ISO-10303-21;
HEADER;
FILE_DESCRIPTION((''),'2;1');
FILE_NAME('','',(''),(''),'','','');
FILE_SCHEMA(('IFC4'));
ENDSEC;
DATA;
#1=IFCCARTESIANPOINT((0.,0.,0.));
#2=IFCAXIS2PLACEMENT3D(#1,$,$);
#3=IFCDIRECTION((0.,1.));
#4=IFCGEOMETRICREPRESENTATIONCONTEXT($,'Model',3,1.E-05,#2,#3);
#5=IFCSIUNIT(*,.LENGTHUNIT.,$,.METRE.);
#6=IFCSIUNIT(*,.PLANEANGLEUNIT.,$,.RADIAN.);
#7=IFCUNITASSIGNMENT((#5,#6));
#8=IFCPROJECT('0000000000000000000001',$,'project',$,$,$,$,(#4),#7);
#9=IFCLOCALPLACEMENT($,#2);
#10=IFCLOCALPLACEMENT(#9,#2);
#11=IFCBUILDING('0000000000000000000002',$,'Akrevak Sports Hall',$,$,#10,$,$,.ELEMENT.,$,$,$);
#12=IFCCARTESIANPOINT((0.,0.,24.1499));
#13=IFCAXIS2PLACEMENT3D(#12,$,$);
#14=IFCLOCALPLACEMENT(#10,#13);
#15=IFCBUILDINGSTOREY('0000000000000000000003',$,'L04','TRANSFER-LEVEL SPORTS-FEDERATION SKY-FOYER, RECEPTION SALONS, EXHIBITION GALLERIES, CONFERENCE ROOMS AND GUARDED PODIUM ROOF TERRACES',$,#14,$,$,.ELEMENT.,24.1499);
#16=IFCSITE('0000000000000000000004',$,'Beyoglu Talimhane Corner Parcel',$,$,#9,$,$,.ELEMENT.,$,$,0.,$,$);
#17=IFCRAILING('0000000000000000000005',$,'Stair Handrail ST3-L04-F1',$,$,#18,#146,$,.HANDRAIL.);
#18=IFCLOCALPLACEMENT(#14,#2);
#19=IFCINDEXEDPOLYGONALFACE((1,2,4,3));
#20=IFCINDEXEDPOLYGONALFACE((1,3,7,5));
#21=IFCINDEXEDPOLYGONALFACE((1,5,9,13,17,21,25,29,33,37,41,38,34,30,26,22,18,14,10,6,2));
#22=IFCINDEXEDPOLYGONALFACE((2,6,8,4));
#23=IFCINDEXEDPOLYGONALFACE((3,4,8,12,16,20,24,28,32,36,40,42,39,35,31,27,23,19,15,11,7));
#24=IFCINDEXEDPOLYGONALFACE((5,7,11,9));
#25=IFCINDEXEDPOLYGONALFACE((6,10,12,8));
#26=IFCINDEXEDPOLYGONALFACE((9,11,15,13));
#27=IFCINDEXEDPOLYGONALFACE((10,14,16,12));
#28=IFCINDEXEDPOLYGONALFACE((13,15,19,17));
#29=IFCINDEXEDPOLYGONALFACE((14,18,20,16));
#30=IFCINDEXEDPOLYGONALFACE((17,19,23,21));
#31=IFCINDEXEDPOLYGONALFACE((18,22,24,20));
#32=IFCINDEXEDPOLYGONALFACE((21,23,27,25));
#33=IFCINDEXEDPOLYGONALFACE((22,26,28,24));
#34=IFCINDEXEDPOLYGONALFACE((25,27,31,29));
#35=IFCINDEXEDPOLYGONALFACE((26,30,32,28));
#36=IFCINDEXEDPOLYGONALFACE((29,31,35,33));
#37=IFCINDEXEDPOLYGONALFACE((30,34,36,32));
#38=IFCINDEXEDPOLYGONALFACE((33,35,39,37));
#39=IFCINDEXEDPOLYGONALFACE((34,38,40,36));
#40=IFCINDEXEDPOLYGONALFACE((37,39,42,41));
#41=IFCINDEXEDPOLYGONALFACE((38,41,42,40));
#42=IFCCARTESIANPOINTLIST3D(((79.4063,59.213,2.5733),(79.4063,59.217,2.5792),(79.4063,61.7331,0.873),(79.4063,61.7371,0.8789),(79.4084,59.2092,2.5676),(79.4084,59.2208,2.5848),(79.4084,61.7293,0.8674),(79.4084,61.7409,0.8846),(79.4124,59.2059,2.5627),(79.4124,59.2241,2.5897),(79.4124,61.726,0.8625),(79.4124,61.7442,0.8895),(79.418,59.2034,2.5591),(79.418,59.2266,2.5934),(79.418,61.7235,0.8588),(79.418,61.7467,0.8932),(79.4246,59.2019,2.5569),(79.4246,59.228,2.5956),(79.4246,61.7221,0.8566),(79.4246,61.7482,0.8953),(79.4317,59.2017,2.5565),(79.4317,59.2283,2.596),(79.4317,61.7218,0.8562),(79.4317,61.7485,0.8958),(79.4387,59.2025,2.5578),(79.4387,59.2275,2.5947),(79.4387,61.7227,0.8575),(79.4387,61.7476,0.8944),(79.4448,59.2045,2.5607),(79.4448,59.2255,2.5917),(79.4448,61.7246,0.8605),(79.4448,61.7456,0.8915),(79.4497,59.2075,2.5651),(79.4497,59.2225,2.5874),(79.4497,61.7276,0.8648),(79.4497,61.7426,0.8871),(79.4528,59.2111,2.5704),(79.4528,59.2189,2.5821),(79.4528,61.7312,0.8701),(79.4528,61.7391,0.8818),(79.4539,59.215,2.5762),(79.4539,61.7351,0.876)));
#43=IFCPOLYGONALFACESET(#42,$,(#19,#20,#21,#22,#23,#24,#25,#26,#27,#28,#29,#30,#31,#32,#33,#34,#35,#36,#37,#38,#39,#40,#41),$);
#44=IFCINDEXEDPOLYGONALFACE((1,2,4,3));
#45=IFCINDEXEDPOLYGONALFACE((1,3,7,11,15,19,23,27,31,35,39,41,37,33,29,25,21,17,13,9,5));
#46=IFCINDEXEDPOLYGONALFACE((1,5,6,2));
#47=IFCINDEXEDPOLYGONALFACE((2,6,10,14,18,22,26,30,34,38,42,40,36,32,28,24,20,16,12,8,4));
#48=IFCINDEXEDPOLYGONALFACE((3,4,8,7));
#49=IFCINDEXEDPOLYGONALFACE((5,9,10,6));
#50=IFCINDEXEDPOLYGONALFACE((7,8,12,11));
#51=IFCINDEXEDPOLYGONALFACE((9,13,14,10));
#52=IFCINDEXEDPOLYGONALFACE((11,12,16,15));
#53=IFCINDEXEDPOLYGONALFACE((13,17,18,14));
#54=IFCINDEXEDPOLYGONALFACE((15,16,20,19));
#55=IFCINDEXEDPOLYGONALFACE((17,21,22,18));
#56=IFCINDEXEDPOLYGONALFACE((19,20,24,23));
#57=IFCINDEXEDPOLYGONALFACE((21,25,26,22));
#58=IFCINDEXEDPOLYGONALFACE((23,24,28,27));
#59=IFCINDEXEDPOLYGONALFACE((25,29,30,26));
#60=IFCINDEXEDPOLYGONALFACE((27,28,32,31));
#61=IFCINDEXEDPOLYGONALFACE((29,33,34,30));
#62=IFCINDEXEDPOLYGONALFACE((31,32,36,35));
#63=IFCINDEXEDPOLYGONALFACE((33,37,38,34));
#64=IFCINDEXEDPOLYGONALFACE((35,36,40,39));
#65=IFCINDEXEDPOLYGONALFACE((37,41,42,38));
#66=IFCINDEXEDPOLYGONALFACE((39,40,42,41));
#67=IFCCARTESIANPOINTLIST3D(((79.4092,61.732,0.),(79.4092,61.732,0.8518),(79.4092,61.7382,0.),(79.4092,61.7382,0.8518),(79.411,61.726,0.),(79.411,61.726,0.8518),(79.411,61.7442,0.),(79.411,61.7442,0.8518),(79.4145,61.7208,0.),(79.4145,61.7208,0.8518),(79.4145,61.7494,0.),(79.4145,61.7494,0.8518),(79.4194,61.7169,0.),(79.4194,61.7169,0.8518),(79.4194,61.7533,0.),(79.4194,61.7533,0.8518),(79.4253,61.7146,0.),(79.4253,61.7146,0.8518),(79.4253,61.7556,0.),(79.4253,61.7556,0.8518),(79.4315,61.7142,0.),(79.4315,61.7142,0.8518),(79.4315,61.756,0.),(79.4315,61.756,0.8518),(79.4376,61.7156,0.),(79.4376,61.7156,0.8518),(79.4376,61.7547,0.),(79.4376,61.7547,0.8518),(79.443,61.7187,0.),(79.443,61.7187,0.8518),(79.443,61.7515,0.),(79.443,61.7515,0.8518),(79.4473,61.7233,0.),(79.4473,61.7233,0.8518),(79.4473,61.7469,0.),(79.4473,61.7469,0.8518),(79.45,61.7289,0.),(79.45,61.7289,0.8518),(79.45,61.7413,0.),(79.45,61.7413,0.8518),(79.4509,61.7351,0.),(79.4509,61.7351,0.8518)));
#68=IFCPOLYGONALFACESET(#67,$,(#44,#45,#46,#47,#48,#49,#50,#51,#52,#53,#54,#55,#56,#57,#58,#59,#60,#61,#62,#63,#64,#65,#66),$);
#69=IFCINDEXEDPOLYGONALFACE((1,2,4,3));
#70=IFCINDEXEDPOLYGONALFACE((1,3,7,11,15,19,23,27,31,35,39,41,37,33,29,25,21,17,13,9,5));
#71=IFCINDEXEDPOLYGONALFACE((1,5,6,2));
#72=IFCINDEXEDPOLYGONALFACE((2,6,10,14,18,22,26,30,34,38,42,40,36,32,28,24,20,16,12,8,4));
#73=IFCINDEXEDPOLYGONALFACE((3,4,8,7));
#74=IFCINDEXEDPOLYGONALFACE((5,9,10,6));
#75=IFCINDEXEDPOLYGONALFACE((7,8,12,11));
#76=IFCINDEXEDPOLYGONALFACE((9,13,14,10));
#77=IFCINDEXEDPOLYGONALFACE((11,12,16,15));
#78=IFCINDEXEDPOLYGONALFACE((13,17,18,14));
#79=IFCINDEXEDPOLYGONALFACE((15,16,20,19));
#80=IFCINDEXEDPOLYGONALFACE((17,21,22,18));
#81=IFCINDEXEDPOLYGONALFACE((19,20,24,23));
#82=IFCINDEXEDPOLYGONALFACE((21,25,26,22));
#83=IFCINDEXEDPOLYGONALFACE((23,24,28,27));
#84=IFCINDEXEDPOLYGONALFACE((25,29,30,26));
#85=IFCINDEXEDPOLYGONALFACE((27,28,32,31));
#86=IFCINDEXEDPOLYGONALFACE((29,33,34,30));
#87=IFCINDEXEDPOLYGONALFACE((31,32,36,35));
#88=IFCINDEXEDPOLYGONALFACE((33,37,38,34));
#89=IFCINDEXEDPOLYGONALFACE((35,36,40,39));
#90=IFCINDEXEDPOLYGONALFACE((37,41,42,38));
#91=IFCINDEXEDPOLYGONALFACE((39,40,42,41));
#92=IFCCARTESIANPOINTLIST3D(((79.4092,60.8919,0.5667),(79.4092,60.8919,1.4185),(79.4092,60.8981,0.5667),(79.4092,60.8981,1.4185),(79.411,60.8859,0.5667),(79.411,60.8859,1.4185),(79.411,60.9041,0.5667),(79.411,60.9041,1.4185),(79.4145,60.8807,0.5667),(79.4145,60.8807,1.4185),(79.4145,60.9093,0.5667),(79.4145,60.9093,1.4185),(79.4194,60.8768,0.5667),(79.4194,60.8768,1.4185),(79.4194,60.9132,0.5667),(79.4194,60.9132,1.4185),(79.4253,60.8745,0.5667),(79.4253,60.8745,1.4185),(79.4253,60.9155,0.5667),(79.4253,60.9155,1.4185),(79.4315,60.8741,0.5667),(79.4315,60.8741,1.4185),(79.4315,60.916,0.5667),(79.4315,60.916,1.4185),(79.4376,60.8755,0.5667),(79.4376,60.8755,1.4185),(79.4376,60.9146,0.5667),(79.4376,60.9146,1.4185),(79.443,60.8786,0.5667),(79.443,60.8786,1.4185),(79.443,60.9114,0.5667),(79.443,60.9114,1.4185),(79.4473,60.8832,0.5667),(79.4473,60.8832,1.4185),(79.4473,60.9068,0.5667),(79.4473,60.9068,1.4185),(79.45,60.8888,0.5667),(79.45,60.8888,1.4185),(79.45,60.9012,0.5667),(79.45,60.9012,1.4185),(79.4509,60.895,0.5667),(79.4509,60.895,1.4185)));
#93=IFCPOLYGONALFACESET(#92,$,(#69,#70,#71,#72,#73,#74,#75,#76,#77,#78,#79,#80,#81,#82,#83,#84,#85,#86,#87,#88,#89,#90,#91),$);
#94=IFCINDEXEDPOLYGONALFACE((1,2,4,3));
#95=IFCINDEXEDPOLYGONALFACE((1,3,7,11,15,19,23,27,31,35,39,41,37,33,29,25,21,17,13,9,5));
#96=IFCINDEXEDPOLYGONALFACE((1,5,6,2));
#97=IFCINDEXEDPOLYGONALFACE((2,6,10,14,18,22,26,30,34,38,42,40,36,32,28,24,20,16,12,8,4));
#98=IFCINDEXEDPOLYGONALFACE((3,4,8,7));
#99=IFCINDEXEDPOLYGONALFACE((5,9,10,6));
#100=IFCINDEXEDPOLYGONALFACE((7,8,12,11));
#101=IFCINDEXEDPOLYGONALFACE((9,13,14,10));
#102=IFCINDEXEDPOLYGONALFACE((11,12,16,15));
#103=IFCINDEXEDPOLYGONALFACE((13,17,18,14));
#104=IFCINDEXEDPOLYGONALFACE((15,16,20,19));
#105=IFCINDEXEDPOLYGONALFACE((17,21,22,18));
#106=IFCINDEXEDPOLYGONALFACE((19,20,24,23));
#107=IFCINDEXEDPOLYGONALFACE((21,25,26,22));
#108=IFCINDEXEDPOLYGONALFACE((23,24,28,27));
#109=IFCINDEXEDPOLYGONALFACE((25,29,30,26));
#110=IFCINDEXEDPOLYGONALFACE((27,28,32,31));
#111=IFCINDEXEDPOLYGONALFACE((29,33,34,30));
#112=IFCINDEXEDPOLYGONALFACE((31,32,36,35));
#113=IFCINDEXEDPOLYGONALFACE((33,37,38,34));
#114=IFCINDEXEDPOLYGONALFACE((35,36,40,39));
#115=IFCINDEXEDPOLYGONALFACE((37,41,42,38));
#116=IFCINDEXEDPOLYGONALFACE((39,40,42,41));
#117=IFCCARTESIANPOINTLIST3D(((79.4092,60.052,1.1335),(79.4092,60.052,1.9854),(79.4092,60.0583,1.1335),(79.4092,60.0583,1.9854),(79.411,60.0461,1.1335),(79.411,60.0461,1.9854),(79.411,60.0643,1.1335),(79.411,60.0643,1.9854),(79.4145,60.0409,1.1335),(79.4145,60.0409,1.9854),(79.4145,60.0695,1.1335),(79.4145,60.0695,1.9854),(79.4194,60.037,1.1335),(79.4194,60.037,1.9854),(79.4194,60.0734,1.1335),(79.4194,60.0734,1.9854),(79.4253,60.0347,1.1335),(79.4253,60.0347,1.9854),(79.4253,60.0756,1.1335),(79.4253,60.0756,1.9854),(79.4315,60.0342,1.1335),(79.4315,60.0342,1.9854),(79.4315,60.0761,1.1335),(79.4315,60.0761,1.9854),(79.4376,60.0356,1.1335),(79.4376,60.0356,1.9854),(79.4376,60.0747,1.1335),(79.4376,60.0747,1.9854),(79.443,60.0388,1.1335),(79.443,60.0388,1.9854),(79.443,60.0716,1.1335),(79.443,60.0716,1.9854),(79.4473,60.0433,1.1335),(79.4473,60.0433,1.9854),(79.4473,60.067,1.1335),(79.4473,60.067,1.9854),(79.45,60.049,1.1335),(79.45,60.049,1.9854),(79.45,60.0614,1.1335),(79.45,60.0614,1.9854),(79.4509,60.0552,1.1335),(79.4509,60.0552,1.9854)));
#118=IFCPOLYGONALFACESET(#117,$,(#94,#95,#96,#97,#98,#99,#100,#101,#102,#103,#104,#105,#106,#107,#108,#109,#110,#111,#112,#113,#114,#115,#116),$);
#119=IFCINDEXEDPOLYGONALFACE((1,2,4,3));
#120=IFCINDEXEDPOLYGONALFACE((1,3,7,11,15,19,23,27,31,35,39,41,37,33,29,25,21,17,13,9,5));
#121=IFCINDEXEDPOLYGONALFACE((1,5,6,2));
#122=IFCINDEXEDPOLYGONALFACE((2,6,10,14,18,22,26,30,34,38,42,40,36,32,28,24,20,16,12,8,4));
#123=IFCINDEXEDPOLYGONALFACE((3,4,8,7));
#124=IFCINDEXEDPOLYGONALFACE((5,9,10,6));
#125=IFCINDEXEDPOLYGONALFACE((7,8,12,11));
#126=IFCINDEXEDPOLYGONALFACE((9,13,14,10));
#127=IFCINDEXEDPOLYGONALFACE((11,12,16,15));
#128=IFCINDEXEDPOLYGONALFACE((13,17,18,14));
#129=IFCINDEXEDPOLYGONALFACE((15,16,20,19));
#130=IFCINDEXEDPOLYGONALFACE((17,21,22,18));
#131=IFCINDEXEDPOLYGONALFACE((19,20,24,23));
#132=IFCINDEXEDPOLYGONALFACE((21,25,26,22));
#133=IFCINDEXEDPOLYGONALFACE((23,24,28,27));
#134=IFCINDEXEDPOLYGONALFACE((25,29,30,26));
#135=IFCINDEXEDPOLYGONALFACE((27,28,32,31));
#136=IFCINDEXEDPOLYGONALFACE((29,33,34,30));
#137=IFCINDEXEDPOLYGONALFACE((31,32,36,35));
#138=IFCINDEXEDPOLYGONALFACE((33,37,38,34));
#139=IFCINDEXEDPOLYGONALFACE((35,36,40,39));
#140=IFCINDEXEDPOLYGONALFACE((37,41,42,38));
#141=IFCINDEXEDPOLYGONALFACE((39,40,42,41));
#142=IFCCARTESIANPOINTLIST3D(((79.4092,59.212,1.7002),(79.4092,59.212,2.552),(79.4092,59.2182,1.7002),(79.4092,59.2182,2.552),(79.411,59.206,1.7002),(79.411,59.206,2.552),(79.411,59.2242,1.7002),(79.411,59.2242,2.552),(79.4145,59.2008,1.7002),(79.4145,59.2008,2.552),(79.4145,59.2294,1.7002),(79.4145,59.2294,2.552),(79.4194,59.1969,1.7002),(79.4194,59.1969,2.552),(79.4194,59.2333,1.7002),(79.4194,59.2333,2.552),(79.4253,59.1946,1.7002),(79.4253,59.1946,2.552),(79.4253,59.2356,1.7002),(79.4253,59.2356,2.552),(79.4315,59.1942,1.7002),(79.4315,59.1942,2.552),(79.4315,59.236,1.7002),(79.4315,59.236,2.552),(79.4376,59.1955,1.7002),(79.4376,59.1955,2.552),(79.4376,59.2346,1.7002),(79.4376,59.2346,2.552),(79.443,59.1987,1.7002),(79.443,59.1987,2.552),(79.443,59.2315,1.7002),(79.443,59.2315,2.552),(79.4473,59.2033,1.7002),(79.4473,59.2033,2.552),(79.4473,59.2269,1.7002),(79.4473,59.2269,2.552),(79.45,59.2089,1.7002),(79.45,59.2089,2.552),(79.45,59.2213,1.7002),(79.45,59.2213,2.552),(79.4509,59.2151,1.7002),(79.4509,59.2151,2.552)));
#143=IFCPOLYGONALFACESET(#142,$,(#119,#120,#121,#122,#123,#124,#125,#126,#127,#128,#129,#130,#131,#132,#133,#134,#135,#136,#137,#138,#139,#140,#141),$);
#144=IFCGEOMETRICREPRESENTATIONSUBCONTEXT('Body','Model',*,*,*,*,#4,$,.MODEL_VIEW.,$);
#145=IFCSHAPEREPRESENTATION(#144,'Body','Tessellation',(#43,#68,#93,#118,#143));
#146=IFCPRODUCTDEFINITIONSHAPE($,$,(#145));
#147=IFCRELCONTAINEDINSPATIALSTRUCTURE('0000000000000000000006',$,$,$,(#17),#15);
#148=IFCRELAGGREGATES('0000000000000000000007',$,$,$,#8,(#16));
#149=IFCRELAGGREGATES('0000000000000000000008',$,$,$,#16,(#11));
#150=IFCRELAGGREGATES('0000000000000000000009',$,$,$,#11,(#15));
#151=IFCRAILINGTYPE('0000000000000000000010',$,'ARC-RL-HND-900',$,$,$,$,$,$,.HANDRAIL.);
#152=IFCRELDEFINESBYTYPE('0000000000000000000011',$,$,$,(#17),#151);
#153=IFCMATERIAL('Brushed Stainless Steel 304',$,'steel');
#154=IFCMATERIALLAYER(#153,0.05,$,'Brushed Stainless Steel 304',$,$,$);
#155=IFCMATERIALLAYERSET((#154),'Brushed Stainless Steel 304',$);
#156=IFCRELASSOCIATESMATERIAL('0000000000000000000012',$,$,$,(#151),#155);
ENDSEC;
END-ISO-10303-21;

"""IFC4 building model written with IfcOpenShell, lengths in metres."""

from ifc_helpers import new_model, si_unit, direction, frame, origin, origin_2d, place, context, subcontext, project, spatial, circle, extrude, material, layer, layer_set, type_object, element, save


model = new_model("IFC4")

# Units and contexts
model_context = context("Model", 3, precision=1e-05, world=origin(), true_north=direction((0.0, 1.0)))
body_context = subcontext(model_context, "Body", "Model", "MODEL_VIEW")
ifc_project = project(units=[si_unit("LENGTHUNIT", "METRE"), si_unit("PLANEANGLEUNIT", "RADIAN")], contexts=[model_context])

# Site, building, storey
site_placement = place(None, origin())
site = spatial("IfcSite", under=ifc_project, at=site_placement, Name="Beyoglu Talimhane Corner Parcel", CompositionType="ELEMENT", RefElevation=0.0)
building_placement = place(site_placement, origin())
building = spatial("IfcBuilding", under=site, at=building_placement, Name="Akrevak Sports Hall", CompositionType="ELEMENT")
storey_placement = place(building_placement, frame((0.0, 0.0, 24.1499)))
storey = spatial("IfcBuildingStorey", under=building, at=storey_placement, Name="L04", Description="TRANSFER-LEVEL SPORTS-FEDERATION SKY-FOYER, RECEPTION SALONS, EXHIBITION GALLERIES, CONFERENCE ROOMS AND GUARDED PODIUM ROOF TERRACES", CompositionType="ELEMENT", Elevation=24.1499)

# Railing
ifc_material_1 = material(Name="Brushed Stainless Steel 304", Category="steel")
ifc_layer_1 = layer(ifc_material_1, 0.05, Name="Brushed Stainless Steel 304")
ifc_layer_set_1 = layer_set([ifc_layer_1], Name="Brushed Stainless Steel 304")
railing_type_1 = type_object("IfcRailingType", Name="ARC-RL-HND-900", PredefinedType="HANDRAIL", material=ifc_layer_set_1)
railing_1_placement = place(storey_placement, frame((79.4299, 61.7351, 0.0)))
element("IfcRailing", 1, at=railing_1_placement, inside=storey, type_object=railing_type_1, Name="Stair Handrail ST3-L04-F1", PredefinedType="HANDRAIL", context=body_context, shape_type="SweptSolid", body=[
    extrude(circle(Radius=0.0239, at=origin_2d()), frame((0.0, 0.0, 0.876), z_axis=(0.0, -0.828973, 0.559288), x_axis=(1.0, 0.0, 0.0)), (0.0, 0.0, 1.0), 3.04),
    extrude(circle(Radius=0.021, at=origin_2d()), origin(), (0.0, 0.0, 1.0), 0.8518),
    extrude(circle(Radius=0.021, at=origin_2d()), frame((0.0, -0.8401, 0.5667)), (0.0, 0.0, 1.0), 0.8518),
    extrude(circle(Radius=0.021, at=origin_2d()), frame((0.0, -1.6799, 1.1335)), (0.0, 0.0, 1.0), 0.8518),
    extrude(circle(Radius=0.021, at=origin_2d()), frame((0.0, -2.52, 1.7002)), (0.0, 0.0, 1.0), 0.8518),
])

save(model, "model.ifc")
